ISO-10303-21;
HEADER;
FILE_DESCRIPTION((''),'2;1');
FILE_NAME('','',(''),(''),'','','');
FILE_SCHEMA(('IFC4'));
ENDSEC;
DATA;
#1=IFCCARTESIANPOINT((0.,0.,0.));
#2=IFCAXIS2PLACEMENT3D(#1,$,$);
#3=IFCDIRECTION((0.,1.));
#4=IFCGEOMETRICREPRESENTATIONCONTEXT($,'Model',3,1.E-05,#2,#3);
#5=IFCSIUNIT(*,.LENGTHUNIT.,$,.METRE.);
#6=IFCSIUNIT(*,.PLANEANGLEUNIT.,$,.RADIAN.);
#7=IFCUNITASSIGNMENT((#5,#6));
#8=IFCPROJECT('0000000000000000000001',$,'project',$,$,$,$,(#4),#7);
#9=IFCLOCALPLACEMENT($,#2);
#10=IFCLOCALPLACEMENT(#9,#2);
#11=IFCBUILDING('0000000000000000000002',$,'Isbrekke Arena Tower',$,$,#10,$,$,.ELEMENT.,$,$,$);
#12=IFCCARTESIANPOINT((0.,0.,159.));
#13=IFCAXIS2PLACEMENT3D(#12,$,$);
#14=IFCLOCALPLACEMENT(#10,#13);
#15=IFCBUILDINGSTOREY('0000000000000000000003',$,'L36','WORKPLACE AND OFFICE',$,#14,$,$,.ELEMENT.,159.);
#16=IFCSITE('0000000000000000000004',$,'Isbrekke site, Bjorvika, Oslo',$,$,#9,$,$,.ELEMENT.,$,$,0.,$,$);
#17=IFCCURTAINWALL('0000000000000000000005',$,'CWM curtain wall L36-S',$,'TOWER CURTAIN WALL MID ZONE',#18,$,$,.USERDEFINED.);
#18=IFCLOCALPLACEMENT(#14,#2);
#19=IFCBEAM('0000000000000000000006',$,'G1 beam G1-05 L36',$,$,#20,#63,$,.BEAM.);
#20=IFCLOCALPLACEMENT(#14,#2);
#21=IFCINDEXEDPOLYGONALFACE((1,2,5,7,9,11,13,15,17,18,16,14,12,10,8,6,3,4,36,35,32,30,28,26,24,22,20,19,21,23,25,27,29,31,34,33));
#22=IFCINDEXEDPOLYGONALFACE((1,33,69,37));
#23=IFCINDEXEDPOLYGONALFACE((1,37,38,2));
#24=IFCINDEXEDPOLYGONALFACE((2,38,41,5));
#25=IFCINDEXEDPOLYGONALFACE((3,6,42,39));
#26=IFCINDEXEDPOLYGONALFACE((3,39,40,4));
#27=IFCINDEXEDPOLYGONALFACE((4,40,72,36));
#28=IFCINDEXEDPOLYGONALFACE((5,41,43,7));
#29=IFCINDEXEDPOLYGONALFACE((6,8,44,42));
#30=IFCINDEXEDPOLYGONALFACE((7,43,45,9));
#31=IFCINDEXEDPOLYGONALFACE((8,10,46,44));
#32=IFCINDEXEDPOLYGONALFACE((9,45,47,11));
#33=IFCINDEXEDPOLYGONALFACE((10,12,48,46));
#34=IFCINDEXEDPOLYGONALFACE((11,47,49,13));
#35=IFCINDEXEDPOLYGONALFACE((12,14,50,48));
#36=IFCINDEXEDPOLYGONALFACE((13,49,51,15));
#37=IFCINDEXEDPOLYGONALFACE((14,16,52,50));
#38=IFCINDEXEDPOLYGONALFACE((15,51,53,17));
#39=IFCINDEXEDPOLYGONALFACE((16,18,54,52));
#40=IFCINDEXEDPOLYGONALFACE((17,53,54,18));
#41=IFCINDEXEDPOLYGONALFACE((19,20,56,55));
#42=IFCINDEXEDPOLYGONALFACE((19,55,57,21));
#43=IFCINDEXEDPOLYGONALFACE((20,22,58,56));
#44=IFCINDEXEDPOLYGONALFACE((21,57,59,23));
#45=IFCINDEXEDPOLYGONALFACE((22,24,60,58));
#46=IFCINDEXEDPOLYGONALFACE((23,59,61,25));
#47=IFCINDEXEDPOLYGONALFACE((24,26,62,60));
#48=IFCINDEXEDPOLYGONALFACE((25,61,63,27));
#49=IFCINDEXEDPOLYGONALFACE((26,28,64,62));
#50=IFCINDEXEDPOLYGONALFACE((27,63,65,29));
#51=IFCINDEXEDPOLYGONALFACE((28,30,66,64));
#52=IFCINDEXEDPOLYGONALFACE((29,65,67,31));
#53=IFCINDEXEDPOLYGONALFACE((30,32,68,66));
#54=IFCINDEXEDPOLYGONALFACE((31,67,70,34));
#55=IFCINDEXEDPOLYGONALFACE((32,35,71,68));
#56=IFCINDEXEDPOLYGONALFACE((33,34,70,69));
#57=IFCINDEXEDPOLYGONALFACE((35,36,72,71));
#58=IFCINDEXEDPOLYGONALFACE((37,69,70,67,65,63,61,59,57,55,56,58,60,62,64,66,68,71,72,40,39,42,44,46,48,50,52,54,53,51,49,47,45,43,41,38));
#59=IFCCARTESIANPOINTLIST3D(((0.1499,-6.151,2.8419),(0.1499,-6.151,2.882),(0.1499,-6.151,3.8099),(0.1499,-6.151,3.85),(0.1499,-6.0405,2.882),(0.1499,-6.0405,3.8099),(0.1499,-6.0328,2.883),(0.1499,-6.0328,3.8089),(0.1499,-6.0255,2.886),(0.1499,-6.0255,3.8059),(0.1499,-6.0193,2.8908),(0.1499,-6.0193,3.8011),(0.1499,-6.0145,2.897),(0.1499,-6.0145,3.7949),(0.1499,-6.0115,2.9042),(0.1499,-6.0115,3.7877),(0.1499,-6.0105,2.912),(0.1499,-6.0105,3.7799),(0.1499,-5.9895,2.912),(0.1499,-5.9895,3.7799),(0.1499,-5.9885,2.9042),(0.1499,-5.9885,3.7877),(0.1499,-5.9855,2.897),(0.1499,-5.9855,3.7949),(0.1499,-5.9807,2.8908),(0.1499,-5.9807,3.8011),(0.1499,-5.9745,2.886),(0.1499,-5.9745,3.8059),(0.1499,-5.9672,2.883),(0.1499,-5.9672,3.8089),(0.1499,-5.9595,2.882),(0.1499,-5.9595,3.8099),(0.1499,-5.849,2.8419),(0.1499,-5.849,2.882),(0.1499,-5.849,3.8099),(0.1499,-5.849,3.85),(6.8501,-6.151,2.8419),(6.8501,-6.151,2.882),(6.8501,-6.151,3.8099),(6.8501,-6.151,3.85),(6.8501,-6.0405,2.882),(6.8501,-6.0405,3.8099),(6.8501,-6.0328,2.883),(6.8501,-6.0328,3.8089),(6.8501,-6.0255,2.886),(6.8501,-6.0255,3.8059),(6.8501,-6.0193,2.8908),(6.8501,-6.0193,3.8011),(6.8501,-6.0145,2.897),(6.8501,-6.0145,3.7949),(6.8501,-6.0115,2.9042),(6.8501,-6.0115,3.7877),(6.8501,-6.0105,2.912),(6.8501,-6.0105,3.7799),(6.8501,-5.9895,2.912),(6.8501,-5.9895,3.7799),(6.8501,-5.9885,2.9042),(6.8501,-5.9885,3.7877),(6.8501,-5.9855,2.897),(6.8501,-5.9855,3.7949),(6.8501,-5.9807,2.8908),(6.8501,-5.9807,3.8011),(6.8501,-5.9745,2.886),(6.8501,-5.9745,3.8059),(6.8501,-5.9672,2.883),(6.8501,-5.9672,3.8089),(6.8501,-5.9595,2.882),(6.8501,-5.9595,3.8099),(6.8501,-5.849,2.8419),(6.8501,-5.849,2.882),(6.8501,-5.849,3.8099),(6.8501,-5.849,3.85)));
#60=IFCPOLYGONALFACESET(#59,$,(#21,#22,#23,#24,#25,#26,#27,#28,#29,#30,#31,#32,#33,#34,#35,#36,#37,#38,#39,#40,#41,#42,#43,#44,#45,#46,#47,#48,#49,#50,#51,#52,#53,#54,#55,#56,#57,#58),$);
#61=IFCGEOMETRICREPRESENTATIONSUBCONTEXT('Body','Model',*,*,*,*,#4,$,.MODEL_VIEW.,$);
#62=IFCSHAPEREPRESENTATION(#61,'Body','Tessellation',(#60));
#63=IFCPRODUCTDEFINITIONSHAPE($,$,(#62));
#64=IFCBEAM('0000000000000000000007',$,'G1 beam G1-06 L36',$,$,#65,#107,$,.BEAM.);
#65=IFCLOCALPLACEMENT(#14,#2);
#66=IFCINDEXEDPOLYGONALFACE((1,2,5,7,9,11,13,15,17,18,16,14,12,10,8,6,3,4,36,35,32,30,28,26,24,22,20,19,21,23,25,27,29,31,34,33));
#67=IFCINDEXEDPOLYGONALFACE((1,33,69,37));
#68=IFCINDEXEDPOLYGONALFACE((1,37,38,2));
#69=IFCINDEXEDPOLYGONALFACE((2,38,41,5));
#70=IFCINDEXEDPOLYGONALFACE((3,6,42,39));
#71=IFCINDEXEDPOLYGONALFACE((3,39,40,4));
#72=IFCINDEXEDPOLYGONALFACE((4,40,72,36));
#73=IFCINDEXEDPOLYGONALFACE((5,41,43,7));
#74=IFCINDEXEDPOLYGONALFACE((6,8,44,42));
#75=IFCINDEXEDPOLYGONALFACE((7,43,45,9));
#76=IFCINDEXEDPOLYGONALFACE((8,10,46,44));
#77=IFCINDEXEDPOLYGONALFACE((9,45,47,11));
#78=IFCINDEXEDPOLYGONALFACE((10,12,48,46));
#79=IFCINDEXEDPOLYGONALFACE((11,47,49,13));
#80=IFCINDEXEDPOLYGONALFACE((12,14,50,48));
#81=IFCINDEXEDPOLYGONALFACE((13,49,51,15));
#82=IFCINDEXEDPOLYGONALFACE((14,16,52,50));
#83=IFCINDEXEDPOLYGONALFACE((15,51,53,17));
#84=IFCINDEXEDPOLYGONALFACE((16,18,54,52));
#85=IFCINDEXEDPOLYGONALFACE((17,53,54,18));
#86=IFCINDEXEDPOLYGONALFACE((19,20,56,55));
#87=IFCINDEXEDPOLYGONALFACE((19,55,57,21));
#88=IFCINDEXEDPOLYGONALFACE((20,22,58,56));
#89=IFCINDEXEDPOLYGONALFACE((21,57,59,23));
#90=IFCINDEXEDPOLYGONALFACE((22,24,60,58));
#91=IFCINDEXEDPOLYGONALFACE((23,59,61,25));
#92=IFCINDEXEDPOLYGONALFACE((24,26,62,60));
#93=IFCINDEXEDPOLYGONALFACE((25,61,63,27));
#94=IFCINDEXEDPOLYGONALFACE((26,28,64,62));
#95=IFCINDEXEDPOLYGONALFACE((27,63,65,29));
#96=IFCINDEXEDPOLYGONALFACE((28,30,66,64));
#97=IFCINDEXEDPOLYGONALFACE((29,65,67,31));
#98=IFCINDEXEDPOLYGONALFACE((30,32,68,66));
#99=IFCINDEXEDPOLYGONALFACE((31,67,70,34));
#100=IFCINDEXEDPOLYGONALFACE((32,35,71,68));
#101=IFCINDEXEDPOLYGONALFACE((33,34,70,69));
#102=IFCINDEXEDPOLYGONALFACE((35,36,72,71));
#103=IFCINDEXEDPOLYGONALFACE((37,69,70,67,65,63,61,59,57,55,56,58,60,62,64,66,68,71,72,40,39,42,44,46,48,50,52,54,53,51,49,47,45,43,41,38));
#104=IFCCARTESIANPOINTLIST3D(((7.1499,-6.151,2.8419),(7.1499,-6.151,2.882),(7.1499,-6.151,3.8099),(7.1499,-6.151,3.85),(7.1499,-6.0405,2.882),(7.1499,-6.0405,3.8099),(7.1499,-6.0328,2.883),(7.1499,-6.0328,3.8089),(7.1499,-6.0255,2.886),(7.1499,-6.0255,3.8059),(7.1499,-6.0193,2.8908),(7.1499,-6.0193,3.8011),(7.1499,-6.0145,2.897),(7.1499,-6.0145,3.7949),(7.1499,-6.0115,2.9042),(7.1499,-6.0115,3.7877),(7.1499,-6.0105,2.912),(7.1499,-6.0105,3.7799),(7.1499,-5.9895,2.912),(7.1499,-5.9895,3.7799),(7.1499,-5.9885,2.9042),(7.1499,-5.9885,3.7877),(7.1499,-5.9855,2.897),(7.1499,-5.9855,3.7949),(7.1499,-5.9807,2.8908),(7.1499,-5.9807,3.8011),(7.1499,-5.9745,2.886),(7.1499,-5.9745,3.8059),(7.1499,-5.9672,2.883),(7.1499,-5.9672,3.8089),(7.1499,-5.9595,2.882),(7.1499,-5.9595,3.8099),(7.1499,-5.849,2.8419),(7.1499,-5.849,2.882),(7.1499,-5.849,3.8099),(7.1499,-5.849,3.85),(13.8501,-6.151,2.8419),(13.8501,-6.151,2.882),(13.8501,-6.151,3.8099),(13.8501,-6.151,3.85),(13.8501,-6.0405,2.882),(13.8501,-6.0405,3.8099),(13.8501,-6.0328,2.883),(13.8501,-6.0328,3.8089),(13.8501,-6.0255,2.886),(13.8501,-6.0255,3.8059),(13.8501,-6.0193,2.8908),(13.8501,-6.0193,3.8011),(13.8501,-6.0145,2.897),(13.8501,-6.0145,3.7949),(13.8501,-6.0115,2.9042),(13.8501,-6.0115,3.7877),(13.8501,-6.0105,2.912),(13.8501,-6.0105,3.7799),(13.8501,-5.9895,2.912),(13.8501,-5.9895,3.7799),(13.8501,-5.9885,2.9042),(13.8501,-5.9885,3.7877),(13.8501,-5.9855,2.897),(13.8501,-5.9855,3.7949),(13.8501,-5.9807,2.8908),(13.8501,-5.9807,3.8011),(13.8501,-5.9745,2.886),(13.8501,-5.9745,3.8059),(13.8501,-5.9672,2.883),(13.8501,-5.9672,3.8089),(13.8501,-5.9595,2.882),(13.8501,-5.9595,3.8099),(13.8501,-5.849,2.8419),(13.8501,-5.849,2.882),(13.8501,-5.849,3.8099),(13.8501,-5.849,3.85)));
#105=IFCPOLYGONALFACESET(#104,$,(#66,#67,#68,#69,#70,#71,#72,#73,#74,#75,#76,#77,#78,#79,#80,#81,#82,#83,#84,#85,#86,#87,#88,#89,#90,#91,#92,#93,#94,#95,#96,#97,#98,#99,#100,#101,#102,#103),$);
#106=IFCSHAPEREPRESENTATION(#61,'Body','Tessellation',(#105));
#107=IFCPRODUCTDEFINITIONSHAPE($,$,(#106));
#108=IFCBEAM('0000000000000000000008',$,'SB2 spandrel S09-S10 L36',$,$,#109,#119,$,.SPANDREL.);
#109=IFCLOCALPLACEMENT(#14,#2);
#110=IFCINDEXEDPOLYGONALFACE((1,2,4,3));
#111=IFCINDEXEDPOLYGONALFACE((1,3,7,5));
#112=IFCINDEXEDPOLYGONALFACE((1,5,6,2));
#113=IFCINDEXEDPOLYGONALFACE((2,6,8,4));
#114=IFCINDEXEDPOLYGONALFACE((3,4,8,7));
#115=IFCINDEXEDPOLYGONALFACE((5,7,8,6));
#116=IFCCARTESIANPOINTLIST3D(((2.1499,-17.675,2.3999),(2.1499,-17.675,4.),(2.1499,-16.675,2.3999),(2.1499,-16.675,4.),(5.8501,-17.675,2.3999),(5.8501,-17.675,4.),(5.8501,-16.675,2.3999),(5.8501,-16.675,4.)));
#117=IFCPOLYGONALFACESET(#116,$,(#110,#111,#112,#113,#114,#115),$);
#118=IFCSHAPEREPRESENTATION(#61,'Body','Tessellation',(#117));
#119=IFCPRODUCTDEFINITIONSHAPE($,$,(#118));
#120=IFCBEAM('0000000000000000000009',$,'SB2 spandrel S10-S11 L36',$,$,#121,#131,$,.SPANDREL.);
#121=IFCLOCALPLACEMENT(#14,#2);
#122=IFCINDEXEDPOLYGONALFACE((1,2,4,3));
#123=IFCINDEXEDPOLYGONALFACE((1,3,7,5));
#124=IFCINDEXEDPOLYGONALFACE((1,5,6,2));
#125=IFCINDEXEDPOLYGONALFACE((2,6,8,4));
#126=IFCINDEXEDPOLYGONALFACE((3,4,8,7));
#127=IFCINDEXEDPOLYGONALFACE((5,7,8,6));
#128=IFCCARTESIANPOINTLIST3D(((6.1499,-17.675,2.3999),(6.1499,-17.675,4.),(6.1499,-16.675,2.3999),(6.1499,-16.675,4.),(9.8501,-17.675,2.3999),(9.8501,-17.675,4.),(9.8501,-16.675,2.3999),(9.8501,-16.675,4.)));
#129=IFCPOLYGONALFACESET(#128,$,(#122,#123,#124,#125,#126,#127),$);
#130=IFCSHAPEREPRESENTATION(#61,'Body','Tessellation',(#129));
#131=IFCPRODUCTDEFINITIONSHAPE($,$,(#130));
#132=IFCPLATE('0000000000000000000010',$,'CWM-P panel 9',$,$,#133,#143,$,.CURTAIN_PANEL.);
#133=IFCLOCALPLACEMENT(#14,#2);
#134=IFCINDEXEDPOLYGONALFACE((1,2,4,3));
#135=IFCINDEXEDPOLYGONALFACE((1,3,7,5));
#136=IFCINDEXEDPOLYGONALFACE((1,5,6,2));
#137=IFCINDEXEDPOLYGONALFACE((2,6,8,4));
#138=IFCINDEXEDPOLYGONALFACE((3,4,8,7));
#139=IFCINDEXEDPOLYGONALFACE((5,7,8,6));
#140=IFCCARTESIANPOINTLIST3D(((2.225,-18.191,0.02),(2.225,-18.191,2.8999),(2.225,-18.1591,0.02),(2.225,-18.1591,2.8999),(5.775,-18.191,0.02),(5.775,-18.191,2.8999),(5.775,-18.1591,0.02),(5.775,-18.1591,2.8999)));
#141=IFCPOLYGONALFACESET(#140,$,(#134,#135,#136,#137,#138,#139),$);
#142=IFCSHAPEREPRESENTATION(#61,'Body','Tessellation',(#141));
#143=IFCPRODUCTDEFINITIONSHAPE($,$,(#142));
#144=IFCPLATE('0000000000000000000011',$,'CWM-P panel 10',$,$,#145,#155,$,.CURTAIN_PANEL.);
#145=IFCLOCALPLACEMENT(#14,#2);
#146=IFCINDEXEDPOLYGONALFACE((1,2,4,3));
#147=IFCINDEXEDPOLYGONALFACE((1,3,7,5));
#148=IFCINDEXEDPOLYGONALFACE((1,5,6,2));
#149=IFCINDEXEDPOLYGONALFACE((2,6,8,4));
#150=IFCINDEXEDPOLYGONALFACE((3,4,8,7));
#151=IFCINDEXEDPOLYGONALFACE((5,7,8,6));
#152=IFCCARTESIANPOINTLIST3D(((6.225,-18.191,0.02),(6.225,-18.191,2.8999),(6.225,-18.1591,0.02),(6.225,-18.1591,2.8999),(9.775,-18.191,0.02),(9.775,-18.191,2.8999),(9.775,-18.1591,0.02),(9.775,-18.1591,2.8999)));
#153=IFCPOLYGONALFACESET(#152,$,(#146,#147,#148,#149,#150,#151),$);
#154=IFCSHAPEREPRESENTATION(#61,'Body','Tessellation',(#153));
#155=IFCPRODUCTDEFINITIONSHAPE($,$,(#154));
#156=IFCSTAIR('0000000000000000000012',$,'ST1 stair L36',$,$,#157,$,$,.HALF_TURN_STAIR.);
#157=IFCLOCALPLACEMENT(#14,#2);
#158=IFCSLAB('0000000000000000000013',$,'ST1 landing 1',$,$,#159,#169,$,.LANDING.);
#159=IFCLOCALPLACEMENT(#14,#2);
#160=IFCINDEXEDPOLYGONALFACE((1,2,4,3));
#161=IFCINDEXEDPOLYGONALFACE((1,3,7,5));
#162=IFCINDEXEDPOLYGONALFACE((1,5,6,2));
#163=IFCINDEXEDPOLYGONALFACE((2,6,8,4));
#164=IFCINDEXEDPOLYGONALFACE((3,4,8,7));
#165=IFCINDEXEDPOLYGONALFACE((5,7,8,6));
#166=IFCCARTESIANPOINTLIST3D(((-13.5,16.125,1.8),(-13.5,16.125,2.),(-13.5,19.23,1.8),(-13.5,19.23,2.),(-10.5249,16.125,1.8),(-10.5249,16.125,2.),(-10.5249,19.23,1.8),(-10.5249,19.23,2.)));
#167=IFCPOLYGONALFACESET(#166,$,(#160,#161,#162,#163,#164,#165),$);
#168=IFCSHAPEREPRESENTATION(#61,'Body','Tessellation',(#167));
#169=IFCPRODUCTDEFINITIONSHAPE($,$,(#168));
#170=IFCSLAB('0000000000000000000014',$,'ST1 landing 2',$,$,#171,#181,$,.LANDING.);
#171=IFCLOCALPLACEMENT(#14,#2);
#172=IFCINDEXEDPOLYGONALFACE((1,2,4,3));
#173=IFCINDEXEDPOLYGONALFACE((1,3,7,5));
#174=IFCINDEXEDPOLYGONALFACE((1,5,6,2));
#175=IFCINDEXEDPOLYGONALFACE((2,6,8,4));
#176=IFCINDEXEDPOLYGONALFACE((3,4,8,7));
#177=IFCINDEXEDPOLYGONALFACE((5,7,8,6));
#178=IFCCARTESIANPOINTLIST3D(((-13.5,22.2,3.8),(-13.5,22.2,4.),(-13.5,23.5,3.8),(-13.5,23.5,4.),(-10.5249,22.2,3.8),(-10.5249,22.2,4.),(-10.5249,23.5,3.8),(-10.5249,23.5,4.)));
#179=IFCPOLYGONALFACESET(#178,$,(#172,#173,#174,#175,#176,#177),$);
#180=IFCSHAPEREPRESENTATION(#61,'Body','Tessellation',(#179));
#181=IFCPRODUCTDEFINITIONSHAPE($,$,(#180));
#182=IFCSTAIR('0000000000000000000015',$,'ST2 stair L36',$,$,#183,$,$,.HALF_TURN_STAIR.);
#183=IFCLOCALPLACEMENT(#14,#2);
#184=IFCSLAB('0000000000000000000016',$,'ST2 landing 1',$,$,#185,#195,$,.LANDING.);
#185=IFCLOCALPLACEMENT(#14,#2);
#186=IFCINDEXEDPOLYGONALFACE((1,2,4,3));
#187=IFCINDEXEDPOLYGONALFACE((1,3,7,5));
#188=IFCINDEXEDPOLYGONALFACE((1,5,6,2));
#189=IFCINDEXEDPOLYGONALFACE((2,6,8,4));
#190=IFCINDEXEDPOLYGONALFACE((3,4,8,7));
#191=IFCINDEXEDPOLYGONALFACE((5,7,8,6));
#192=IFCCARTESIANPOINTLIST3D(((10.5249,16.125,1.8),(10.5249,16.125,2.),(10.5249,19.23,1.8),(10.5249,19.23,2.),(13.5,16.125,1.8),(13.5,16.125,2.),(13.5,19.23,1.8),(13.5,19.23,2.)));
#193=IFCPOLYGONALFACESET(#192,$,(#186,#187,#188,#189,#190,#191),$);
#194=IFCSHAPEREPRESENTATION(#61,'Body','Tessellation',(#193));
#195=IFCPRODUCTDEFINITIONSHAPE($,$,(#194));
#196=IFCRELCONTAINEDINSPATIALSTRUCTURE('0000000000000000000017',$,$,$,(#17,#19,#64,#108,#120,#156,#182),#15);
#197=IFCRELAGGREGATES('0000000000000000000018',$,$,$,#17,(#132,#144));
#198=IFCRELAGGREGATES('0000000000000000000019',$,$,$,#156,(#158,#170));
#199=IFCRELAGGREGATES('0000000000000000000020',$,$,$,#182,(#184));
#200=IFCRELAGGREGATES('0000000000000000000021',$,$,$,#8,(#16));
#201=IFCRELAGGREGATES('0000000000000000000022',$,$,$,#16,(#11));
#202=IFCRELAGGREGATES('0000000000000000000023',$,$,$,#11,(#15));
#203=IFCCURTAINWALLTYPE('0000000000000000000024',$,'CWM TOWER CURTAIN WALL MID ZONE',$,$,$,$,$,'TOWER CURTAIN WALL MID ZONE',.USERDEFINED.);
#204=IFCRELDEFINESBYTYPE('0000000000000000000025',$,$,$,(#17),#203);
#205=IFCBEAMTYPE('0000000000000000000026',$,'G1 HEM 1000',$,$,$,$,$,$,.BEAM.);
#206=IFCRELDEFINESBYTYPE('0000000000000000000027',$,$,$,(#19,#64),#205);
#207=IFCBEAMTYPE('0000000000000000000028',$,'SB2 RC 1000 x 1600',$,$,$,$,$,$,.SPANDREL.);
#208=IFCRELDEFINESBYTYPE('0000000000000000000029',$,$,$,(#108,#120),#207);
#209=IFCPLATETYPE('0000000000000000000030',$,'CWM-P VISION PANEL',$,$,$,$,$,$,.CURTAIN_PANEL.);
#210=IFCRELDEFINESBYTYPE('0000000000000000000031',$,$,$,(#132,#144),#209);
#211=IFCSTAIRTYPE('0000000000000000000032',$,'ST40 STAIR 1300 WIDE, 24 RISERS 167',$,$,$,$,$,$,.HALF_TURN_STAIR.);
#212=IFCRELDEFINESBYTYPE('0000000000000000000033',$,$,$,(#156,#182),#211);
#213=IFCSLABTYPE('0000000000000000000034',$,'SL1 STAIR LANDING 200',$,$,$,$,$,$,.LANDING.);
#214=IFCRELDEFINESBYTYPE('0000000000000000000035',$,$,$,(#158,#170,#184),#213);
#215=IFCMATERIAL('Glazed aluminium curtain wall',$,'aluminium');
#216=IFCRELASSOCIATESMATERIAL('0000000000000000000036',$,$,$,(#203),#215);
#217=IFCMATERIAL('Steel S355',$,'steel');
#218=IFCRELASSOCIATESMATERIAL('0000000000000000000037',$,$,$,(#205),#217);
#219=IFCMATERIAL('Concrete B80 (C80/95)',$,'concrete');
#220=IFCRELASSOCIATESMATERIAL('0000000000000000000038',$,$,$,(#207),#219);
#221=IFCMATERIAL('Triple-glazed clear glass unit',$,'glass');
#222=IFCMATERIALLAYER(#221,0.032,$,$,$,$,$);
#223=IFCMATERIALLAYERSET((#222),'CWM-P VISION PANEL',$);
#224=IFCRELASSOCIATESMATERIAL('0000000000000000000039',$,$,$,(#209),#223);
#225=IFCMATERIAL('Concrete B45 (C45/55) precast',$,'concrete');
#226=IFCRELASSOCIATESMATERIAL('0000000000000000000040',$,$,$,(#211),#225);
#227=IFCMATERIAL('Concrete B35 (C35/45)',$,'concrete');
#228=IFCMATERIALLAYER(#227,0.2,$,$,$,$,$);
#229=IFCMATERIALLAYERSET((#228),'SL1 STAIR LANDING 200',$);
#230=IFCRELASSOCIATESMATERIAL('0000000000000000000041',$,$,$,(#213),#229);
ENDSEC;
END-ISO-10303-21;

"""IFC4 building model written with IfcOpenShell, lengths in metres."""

from ifc_helpers import new_model, si_unit, direction, frame, origin, origin_2d, place, context, subcontext, project, spatial, polyline, rectangle, i_section, outline, extrude, material, layer, layer_set, material_profile, profile_set, type_object, element, aggregate, save


model = new_model("IFC4")

# Units and contexts
model_context = context("Model", 3, precision=1e-05, world=origin(), true_north=direction((0.0, 1.0)))
body_context = subcontext(model_context, "Body", "Model", "MODEL_VIEW")
ifc_project = project(units=[si_unit("LENGTHUNIT", "METRE"), si_unit("PLANEANGLEUNIT", "RADIAN")], contexts=[model_context])

# Site, building, storey
site_placement = place(None, origin())
site = spatial("IfcSite", under=ifc_project, at=site_placement, Name="Isbrekke site, Bjorvika, Oslo", CompositionType="ELEMENT", RefElevation=0.0)
building_placement = place(site_placement, origin())
building = spatial("IfcBuilding", under=site, at=building_placement, Name="Isbrekke Arena Tower", CompositionType="ELEMENT")
storey_placement = place(building_placement, frame((0.0, 0.0, 159.0)))
storey = spatial("IfcBuildingStorey", under=building, at=storey_placement, Name="L36", Description="WORKPLACE AND OFFICE", CompositionType="ELEMENT", Elevation=159.0)

# Curtain wall
ifc_material_1 = material(Name="Glazed aluminium curtain wall", Category="aluminium")
curtain_wall_type = type_object("IfcCurtainWallType", Name="CWM TOWER CURTAIN WALL MID ZONE", ElementType="TOWER CURTAIN WALL MID ZONE", PredefinedType="USERDEFINED", material=ifc_material_1)
curtain_wall_placement = place(storey_placement, origin())
curtain_wall = element("IfcCurtainWall", 1, at=curtain_wall_placement, inside=storey, type_object=curtain_wall_type, Name="CWM curtain wall L36-S", ObjectType="TOWER CURTAIN WALL MID ZONE", PredefinedType="USERDEFINED")

# Beams
ifc_material_2 = material(Name="Steel S355", Category="steel")
ifc_material_profile_1 = material_profile(ifc_material_2, i_section(OverallWidth=0.302, OverallDepth=1.0081, WebThickness=0.021, FlangeThickness=0.04, FilletRadius=0.03, at=origin_2d()), Name="HEM 1000")
ifc_profile_set_1 = profile_set([ifc_material_profile_1], Name="Steel S355")
beam_type_1 = type_object("IfcBeamType", Name="G1 HEM 1000", PredefinedType="BEAM", material=ifc_profile_set_1)
for number, where, z_axis, x_axis, name in (
    (2, (0.1499, -6.0, 3.3459), (1.0, 0.0, 0.0), (0.0, 1.0, 0.0), "G1 beam G1-05 L36"),
    (3, (7.1499, -6.0, 3.3459), (1.0, 0.0, 0.0), (0.0, 1.0, 0.0), "G1 beam G1-06 L36"),
):
    element("IfcBeam", number, at=place(storey_placement, frame(where, z_axis=z_axis, x_axis=x_axis)), inside=storey, type_object=beam_type_1, Name=name, PredefinedType="BEAM", context=body_context, shape_type="SweptSolid", body=[
        extrude(i_section(OverallWidth=0.302, OverallDepth=1.0081, WebThickness=0.021, FlangeThickness=0.04, FilletRadius=0.03, at=origin_2d()), origin(), (0.0, 0.0, 1.0), 6.7002),
    ])
ifc_material_3 = material(Name="Concrete B80 (C80/95)", Category="concrete")
ifc_material_profile_2 = material_profile(ifc_material_3, rectangle(XDim=1.0, YDim=1.6001, at=origin_2d()), Name="RC 1000x1600")
ifc_profile_set_2 = profile_set([ifc_material_profile_2], Name="Concrete B80 (C80/95)")
beam_type_2 = type_object("IfcBeamType", Name="SB2 RC 1000 x 1600", PredefinedType="SPANDREL", material=ifc_profile_set_2)
for number, where, z_axis, x_axis, name in (
    (4, (2.1499, -17.175, 3.2), (1.0, 0.0, 0.0), (0.0, 1.0, 0.0), "SB2 spandrel S09-S10 L36"),
    (5, (6.1499, -17.175, 3.2), (1.0, 0.0, 0.0), (0.0, 1.0, 0.0), "SB2 spandrel S10-S11 L36"),
):
    element("IfcBeam", number, at=place(storey_placement, frame(where, z_axis=z_axis, x_axis=x_axis)), inside=storey, type_object=beam_type_2, Name=name, PredefinedType="SPANDREL", context=body_context, shape_type="SweptSolid", body=[
        extrude(rectangle(XDim=1.0, YDim=1.6001, at=origin_2d()), origin(), (0.0, 0.0, 1.0), 3.7002),
    ])

# Plates
ifc_material_4 = material(Name="Triple-glazed clear glass unit", Category="glass")
ifc_layer_1 = layer(ifc_material_4, 0.032)
ifc_layer_set_1 = layer_set([ifc_layer_1], Name="CWM-P VISION PANEL")
plate_type = type_object("IfcPlateType", Name="CWM-P VISION PANEL", PredefinedType="CURTAIN_PANEL", material=ifc_layer_set_1)
plate_1_placement = place(storey_placement, frame((4.0, -18.175, 0.02), z_axis=(0.0, 0.0, 1.0), x_axis=(1.0, 0.0, 0.0)))
plate_1 = element("IfcPlate", 6, at=plate_1_placement, type_object=plate_type, Name="CWM-P panel 9", PredefinedType="CURTAIN_PANEL", context=body_context, shape_type="SweptSolid", body=[
    extrude(rectangle(XDim=3.55, YDim=0.032, at=origin_2d()), origin(), (0.0, 0.0, 1.0), 2.8799),
])
plate_2_placement = place(storey_placement, frame((8.0, -18.175, 0.02), z_axis=(0.0, 0.0, 1.0), x_axis=(1.0, 0.0, 0.0)))
plate_2 = element("IfcPlate", 7, at=plate_2_placement, type_object=plate_type, Name="CWM-P panel 10", PredefinedType="CURTAIN_PANEL", context=body_context, shape_type="SweptSolid", body=[
    extrude(rectangle(XDim=3.55, YDim=0.032, at=origin_2d()), origin(), (0.0, 0.0, 1.0), 2.8799),
])
aggregate(curtain_wall, [plate_1, plate_2])

# Stairs, slabs
ifc_material_5 = material(Name="Concrete B45 (C45/55) precast", Category="concrete")
stair_type = type_object("IfcStairType", Name="ST40 STAIR 1300 WIDE, 24 RISERS 167", PredefinedType="HALF_TURN_STAIR", material=ifc_material_5)
stair_1_placement = place(storey_placement, origin())
stair_1 = element("IfcStair", 8, at=stair_1_placement, inside=storey, type_object=stair_type, Name="ST1 stair L36", PredefinedType="HALF_TURN_STAIR")
ifc_material_6 = material(Name="Concrete B35 (C35/45)", Category="concrete")
ifc_layer_2 = layer(ifc_material_6, 0.2)
ifc_layer_set_2 = layer_set([ifc_layer_2], Name="SL1 STAIR LANDING 200")
slab_type = type_object("IfcSlabType", Name="SL1 STAIR LANDING 200", PredefinedType="LANDING", material=ifc_layer_set_2)
slab_1_placement = place(storey_placement, frame((0.0, 0.0, 1.8)))
slab_1 = element("IfcSlab", 9, at=slab_1_placement, type_object=slab_type, Name="ST1 landing 1", PredefinedType="LANDING", context=body_context, shape_type="SweptSolid", body=[
    extrude(outline(polyline([(-13.5, 16.125), (-10.5249, 16.125), (-10.5249, 19.23), (-13.5, 19.23), (-13.5, 16.125)])), origin(), (0.0, 0.0, 1.0), 0.2),
])
slab_2_placement = place(storey_placement, frame((0.0, 0.0, 3.8)))
slab_2 = element("IfcSlab", 10, at=slab_2_placement, type_object=slab_type, Name="ST1 landing 2", PredefinedType="LANDING", context=body_context, shape_type="SweptSolid", body=[
    extrude(outline(polyline([(-13.5, 22.2), (-10.5249, 22.2), (-10.5249, 23.5), (-13.5, 23.5), (-13.5, 22.2)])), origin(), (0.0, 0.0, 1.0), 0.2),
])
aggregate(stair_1, [slab_1, slab_2])
stair_2_placement = place(storey_placement, origin())
stair_2 = element("IfcStair", 11, at=stair_2_placement, inside=storey, type_object=stair_type, Name="ST2 stair L36", PredefinedType="HALF_TURN_STAIR")
slab_3_placement = place(storey_placement, frame((0.0, 0.0, 1.8)))
slab_3 = element("IfcSlab", 12, at=slab_3_placement, type_object=slab_type, Name="ST2 landing 1", PredefinedType="LANDING", context=body_context, shape_type="SweptSolid", body=[
    extrude(outline(polyline([(10.5249, 16.125), (13.5, 16.125), (13.5, 19.23), (10.5249, 19.23), (10.5249, 16.125)])), origin(), (0.0, 0.0, 1.0), 0.2),
])
aggregate(stair_2, [slab_3])

save(model, "model.ifc")
